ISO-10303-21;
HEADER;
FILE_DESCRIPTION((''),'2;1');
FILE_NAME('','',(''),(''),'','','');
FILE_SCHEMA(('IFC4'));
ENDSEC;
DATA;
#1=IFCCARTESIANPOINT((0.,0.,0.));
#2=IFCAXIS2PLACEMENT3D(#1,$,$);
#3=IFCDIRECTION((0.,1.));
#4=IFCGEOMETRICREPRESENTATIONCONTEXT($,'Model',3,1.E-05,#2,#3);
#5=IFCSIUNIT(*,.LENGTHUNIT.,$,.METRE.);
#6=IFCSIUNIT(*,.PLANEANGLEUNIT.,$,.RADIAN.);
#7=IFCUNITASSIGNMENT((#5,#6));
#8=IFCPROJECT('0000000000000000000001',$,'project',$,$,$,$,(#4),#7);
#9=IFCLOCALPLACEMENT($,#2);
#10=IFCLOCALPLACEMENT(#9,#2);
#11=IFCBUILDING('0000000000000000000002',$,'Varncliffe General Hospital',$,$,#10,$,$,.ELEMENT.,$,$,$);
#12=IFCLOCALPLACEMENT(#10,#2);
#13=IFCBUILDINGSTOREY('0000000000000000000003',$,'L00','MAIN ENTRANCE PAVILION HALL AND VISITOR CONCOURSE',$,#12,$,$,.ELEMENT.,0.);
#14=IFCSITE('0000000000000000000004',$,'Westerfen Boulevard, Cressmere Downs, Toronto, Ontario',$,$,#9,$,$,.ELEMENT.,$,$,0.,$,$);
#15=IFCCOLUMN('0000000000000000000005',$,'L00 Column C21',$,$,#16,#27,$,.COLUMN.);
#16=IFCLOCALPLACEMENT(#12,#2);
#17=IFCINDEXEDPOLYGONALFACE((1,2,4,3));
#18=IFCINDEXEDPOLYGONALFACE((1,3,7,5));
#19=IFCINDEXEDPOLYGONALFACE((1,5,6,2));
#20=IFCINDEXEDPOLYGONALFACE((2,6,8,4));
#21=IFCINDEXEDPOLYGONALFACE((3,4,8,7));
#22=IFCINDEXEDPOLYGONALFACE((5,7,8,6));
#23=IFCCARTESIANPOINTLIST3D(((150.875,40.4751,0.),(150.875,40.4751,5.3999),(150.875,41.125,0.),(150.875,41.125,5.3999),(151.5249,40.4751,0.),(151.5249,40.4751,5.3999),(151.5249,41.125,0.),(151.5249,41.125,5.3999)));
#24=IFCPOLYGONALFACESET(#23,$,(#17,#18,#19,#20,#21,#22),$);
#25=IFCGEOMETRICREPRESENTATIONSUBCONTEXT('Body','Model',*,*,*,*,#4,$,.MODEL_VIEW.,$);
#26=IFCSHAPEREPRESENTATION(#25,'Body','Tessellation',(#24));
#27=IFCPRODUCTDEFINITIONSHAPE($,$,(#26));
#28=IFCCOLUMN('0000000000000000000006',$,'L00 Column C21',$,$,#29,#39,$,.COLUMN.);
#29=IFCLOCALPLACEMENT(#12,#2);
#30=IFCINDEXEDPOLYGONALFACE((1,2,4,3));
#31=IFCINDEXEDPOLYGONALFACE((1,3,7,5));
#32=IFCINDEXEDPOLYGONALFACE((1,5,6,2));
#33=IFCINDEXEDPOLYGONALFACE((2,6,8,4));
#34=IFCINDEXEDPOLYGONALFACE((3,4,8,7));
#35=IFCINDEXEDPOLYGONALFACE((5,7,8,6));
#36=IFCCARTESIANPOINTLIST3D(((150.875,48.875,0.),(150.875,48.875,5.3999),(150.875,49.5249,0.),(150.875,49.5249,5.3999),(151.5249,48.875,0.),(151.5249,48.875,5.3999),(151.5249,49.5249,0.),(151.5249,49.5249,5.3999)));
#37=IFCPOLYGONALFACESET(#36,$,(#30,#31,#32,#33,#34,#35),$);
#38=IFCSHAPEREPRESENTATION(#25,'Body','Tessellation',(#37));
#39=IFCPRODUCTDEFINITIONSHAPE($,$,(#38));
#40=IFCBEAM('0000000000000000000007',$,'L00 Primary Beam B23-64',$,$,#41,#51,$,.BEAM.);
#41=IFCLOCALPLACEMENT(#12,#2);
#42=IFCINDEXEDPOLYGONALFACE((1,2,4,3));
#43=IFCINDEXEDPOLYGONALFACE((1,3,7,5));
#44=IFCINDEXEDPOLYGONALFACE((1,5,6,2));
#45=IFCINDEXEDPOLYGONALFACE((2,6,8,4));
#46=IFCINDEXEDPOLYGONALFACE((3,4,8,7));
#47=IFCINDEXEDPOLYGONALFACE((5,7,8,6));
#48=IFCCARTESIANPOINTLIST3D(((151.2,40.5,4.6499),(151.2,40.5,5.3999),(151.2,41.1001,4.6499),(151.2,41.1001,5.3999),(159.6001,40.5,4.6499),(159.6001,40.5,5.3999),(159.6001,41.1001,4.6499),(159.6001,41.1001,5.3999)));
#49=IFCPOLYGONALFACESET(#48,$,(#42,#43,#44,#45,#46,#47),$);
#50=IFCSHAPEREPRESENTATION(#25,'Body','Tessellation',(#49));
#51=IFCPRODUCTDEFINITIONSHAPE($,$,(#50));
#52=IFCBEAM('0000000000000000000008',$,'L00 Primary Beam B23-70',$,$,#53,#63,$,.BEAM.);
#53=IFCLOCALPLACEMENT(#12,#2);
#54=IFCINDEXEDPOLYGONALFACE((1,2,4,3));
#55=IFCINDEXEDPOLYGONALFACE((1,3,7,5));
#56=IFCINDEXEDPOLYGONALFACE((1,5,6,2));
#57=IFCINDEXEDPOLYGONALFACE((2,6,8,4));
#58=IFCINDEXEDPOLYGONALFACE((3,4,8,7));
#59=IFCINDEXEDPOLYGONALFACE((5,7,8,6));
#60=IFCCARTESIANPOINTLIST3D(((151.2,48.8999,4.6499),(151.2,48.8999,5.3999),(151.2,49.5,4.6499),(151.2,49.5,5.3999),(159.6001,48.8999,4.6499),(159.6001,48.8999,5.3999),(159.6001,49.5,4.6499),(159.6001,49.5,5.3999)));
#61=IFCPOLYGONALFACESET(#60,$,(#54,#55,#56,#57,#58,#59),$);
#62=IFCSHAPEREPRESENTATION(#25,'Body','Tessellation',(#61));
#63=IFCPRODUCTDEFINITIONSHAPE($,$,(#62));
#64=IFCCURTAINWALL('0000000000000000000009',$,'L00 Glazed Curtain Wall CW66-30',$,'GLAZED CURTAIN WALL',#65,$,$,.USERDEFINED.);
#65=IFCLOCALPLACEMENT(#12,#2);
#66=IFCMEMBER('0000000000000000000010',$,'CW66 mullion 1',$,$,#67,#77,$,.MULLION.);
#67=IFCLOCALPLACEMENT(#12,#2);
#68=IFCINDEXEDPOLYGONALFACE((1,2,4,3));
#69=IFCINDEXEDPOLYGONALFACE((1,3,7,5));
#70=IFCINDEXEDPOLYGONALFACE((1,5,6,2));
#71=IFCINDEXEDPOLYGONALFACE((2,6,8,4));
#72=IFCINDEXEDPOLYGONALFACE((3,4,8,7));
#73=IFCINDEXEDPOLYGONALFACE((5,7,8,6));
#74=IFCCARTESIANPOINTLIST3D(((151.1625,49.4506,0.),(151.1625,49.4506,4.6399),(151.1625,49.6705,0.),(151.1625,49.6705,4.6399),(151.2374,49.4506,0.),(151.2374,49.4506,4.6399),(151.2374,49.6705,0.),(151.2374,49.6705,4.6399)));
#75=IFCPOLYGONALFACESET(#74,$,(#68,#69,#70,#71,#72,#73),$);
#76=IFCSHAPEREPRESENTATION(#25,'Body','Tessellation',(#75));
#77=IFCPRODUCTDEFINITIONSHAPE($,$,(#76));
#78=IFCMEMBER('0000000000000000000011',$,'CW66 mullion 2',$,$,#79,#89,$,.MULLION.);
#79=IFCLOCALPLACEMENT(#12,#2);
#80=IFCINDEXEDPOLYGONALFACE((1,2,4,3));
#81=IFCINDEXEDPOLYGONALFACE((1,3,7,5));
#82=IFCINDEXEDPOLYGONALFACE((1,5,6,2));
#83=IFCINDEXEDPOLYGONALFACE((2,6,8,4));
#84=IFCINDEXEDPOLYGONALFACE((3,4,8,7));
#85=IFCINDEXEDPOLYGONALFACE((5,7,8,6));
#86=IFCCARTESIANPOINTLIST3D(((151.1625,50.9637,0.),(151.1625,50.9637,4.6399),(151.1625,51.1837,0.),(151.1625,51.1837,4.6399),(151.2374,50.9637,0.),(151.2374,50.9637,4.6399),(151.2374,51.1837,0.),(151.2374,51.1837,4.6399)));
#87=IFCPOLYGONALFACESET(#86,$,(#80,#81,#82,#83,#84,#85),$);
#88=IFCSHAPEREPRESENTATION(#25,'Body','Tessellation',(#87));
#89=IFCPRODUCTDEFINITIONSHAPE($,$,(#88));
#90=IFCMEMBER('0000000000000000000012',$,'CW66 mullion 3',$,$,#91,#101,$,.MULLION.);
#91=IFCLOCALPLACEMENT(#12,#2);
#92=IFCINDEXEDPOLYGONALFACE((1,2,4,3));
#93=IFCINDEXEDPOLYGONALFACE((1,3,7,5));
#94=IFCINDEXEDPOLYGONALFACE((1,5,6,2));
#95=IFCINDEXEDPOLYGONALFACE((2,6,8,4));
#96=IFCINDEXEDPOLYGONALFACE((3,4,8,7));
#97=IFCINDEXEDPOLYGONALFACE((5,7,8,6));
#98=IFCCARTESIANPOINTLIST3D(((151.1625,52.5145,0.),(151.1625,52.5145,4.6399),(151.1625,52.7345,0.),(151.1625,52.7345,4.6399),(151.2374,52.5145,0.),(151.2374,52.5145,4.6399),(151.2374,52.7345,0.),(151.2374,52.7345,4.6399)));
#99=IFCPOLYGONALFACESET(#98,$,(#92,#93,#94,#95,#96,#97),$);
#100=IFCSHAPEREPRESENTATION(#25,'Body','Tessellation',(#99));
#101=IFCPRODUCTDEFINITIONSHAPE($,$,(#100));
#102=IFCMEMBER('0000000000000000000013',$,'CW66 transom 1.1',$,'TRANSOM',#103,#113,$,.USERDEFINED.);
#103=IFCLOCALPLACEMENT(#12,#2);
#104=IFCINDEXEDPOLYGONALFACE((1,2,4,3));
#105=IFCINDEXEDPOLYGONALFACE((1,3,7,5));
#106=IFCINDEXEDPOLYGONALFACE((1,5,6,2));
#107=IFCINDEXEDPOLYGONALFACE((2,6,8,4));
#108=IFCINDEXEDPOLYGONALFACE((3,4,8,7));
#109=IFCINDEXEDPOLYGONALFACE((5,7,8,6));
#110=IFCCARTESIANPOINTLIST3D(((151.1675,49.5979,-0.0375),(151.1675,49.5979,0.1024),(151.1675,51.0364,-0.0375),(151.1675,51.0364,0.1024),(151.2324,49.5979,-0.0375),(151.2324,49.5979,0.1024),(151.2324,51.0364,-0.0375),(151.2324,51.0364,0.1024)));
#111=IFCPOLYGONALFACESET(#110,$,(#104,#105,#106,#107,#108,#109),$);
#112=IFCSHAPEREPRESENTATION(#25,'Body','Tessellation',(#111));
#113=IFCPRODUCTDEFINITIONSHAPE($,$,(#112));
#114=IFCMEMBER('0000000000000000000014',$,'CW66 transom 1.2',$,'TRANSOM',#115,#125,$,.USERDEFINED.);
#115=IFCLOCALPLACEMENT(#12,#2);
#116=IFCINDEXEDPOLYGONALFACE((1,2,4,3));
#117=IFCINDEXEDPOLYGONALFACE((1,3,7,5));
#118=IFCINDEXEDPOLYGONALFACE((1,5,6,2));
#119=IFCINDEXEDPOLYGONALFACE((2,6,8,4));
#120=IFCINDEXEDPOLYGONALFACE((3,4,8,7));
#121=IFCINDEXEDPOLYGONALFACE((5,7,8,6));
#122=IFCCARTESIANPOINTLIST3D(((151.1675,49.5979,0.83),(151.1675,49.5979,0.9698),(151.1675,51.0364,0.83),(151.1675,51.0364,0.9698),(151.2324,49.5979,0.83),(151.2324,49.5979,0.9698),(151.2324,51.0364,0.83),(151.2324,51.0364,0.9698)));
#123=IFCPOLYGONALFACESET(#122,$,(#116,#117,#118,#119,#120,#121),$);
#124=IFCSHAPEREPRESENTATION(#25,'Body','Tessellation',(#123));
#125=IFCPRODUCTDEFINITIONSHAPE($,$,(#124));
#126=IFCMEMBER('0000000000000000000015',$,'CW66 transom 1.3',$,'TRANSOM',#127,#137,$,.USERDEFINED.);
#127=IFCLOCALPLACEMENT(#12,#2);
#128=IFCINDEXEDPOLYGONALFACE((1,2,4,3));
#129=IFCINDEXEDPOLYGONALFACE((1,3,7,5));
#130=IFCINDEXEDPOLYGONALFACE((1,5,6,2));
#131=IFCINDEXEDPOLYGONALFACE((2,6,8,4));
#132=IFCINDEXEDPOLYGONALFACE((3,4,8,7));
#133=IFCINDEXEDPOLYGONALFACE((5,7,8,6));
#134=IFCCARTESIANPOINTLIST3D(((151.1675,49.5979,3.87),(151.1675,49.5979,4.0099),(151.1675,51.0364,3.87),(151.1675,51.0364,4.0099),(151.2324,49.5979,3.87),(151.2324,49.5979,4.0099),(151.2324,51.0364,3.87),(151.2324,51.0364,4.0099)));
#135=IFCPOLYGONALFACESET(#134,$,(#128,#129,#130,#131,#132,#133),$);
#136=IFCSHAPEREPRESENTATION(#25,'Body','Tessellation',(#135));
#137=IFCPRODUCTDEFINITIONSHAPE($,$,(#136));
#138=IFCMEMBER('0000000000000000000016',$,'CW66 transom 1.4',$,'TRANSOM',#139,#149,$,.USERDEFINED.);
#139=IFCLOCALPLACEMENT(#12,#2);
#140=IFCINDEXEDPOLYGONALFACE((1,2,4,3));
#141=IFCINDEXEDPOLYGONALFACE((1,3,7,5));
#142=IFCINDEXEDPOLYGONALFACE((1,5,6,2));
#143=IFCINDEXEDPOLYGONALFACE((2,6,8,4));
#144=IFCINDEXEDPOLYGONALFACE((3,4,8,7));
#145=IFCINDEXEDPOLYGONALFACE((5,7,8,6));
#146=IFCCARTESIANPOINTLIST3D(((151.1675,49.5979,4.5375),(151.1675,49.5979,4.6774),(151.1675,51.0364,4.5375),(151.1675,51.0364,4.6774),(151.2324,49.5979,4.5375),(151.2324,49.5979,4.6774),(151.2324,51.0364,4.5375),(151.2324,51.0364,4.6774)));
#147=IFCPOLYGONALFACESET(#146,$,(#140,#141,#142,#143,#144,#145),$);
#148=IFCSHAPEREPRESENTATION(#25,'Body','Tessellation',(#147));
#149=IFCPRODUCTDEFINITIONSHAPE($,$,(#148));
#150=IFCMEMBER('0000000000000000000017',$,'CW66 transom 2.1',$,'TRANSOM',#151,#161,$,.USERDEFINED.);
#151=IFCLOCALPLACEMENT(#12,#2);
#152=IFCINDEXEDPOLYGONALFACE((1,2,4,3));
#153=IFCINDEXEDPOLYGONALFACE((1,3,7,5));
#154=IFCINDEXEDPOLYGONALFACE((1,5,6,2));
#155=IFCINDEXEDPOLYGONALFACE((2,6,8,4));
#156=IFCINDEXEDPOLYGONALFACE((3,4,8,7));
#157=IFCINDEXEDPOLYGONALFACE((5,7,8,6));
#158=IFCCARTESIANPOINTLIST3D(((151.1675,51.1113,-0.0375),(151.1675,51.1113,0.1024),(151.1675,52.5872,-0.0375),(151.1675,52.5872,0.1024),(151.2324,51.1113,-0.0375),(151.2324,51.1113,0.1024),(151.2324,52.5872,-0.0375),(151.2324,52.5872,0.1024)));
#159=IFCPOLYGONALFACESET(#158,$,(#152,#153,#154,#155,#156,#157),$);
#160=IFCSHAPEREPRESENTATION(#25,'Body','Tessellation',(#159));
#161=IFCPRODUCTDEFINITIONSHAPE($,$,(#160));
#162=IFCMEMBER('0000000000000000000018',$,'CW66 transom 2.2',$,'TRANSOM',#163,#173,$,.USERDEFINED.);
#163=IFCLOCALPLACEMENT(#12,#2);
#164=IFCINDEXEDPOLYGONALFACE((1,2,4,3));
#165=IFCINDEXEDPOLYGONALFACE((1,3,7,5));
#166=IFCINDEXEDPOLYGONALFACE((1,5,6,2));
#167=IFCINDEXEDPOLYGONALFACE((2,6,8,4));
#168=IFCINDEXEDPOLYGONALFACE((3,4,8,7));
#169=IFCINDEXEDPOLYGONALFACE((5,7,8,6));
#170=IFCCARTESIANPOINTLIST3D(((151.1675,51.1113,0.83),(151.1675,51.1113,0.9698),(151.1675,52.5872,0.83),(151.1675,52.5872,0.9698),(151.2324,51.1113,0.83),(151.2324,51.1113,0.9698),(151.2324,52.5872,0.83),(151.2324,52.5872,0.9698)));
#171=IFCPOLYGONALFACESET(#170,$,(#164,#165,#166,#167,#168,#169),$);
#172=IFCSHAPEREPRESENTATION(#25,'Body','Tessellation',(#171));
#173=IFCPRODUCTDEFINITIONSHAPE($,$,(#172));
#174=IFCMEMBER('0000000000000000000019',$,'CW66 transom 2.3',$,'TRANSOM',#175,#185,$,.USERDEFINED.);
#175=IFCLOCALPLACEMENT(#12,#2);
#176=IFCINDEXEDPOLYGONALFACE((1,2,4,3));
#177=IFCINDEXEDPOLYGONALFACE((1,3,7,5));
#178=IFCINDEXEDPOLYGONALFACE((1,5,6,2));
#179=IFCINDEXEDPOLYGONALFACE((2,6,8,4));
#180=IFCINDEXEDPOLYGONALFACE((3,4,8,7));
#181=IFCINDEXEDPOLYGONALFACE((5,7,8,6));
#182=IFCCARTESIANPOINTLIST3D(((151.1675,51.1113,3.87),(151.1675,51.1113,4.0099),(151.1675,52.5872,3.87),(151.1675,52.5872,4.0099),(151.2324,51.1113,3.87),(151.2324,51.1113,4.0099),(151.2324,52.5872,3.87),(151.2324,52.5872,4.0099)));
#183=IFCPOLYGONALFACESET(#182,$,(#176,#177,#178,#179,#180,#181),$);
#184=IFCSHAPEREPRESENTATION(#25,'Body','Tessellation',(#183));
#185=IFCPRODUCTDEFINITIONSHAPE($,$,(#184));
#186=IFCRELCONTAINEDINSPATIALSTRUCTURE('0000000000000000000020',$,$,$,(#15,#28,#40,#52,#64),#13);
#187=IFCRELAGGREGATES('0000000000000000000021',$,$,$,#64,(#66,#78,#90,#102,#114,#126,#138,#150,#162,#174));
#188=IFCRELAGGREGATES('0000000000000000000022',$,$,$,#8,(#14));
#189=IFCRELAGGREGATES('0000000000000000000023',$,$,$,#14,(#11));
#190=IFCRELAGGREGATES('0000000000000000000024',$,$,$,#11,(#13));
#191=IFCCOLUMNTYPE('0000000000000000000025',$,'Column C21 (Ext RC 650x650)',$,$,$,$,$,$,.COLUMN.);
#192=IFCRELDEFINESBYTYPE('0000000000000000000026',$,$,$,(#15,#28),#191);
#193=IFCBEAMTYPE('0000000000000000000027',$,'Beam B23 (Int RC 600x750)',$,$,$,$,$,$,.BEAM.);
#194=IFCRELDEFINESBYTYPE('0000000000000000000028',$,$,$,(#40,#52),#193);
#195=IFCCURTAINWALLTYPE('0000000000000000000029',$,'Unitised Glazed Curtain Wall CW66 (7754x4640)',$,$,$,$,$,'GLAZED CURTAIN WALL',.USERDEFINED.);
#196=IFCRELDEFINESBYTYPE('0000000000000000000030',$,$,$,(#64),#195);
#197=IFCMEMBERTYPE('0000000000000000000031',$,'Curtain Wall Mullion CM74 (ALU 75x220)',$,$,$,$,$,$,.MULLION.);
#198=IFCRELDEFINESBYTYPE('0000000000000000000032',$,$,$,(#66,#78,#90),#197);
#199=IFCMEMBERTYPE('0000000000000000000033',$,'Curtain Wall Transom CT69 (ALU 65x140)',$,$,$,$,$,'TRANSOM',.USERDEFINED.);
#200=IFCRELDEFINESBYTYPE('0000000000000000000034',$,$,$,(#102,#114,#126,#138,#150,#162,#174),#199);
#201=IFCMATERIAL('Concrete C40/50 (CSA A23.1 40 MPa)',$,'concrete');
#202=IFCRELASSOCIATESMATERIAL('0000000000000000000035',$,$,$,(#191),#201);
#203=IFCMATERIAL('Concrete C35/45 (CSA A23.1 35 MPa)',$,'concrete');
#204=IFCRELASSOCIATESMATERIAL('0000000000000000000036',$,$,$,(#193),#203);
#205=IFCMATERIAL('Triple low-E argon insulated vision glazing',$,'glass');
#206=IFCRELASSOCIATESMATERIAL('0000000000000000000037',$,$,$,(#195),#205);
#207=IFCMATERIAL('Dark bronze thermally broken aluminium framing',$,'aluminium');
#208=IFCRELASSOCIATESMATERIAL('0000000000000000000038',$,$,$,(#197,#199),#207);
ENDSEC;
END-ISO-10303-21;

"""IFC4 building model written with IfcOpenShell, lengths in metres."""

from ifc_helpers import new_model, si_unit, direction, frame, origin, origin_2d, place, context, subcontext, project, spatial, rectangle, extrude, material, material_profile, profile_set, type_object, element, aggregate, save


model = new_model("IFC4")

# Units and contexts
model_context = context("Model", 3, precision=1e-05, world=origin(), true_north=direction((0.0, 1.0)))
body_context = subcontext(model_context, "Body", "Model", "MODEL_VIEW")
ifc_project = project(units=[si_unit("LENGTHUNIT", "METRE"), si_unit("PLANEANGLEUNIT", "RADIAN")], contexts=[model_context])

# Site, building, storey
site_placement = place(None, origin())
site = spatial("IfcSite", under=ifc_project, at=site_placement, Name="Westerfen Boulevard, Cressmere Downs, Toronto, Ontario", CompositionType="ELEMENT", RefElevation=0.0)
building_placement = place(site_placement, origin())
building = spatial("IfcBuilding", under=site, at=building_placement, Name="Varncliffe General Hospital", CompositionType="ELEMENT")
storey_placement = place(building_placement, origin())
storey = spatial("IfcBuildingStorey", under=building, at=storey_placement, Name="L00", Description="MAIN ENTRANCE PAVILION HALL AND VISITOR CONCOURSE", CompositionType="ELEMENT", Elevation=0.0)

# Columns
ifc_material_1 = material(Name="Concrete C40/50 (CSA A23.1 40 MPa)", Category="concrete")
ifc_material_profile_1 = material_profile(ifc_material_1, rectangle(XDim=0.6499, YDim=0.6499, at=origin_2d()), Name="RC 650x650")
ifc_profile_set_1 = profile_set([ifc_material_profile_1], Name="Concrete C40/50 (CSA A23.1 40 MPa)")
column_type = type_object("IfcColumnType", Name="Column C21 (Ext RC 650x650)", PredefinedType="COLUMN", material=ifc_profile_set_1)
for number, where, z_axis, x_axis, name in (
    (1, (151.2, 40.8, 0.0), (0.0, 0.0, 1.0), (1.0, 0.0, 0.0), "L00 Column C21"),
    (2, (151.2, 49.2, 0.0), (0.0, 0.0, 1.0), (1.0, 0.0, 0.0), "L00 Column C21"),
):
    element("IfcColumn", number, at=place(storey_placement, frame(where, z_axis=z_axis, x_axis=x_axis)), inside=storey, type_object=column_type, Name=name, PredefinedType="COLUMN", context=body_context, shape_type="SweptSolid", body=[
        extrude(rectangle(XDim=0.6499, YDim=0.6499, at=origin_2d()), origin(), (0.0, 0.0, 1.0), 5.3999),
    ])

# Beams
ifc_material_2 = material(Name="Concrete C35/45 (CSA A23.1 35 MPa)", Category="concrete")
ifc_material_profile_2 = material_profile(ifc_material_2, rectangle(XDim=0.6001, YDim=0.75, at=origin_2d()), Name="RC 600x750")
ifc_profile_set_2 = profile_set([ifc_material_profile_2], Name="Concrete C35/45 (CSA A23.1 35 MPa)")
beam_type_1 = type_object("IfcBeamType", Name="Beam B23 (Int RC 600x750)", PredefinedType="BEAM", material=ifc_profile_set_2)
for number, where, z_axis, x_axis, name in (
    (3, (151.2, 40.8, 5.0249), (1.0, 0.0, 0.0), (0.0, 1.0, 0.0), "L00 Primary Beam B23-64"),
    (4, (151.2, 49.2, 5.0249), (1.0, 0.0, 0.0), (0.0, 1.0, 0.0), "L00 Primary Beam B23-70"),
):
    element("IfcBeam", number, at=place(storey_placement, frame(where, z_axis=z_axis, x_axis=x_axis)), inside=storey, type_object=beam_type_1, Name=name, PredefinedType="BEAM", context=body_context, shape_type="SweptSolid", body=[
        extrude(rectangle(XDim=0.6001, YDim=0.75, at=origin_2d()), origin(), (0.0, 0.0, 1.0), 8.4001),
    ])

# Curtain wall, members
ifc_material_3 = material(Name="Triple low-E argon insulated vision glazing", Category="glass")
curtain_wall_type = type_object("IfcCurtainWallType", Name="Unitised Glazed Curtain Wall CW66 (7754x4640)", ElementType="GLAZED CURTAIN WALL", PredefinedType="USERDEFINED", material=ifc_material_3)
curtain_wall_placement = place(storey_placement, origin())
curtain_wall = element("IfcCurtainWall", 5, at=curtain_wall_placement, inside=storey, type_object=curtain_wall_type, Name="L00 Glazed Curtain Wall CW66-30", ObjectType="GLAZED CURTAIN WALL", PredefinedType="USERDEFINED")
ifc_material_4 = material(Name="Dark bronze thermally broken aluminium framing", Category="aluminium")
ifc_material_profile_3 = material_profile(ifc_material_4, rectangle(XDim=0.075, YDim=0.22, at=origin_2d()), Name="ALU 75x220")
ifc_profile_set_3 = profile_set([ifc_material_profile_3], Name="Dark bronze thermally broken aluminium framing")
member_type_1 = type_object("IfcMemberType", Name="Curtain Wall Mullion CM74 (ALU 75x220)", PredefinedType="MULLION", material=ifc_profile_set_3)
member_1_placement = place(storey_placement, frame((151.2, 49.5605, 0.0), z_axis=(0.0, 0.0, 1.0), x_axis=(-1.0, 0.0, 0.0)))
member_1 = element("IfcMember", 6, at=member_1_placement, type_object=member_type_1, Name="CW66 mullion 1", PredefinedType="MULLION", context=body_context, shape_type="SweptSolid", body=[
    extrude(rectangle(XDim=0.075, YDim=0.22, at=origin_2d()), origin(), (0.0, 0.0, 1.0), 4.6399),
])
member_2_placement = place(storey_placement, frame((151.2, 51.0737, 0.0), z_axis=(0.0, 0.0, 1.0), x_axis=(-1.0, 0.0, 0.0)))
member_2 = element("IfcMember", 7, at=member_2_placement, type_object=member_type_1, Name="CW66 mullion 2", PredefinedType="MULLION", context=body_context, shape_type="SweptSolid", body=[
    extrude(rectangle(XDim=0.075, YDim=0.22, at=origin_2d()), origin(), (0.0, 0.0, 1.0), 4.6399),
])
member_3_placement = place(storey_placement, frame((151.2, 52.6245, 0.0), z_axis=(0.0, 0.0, 1.0), x_axis=(-1.0, 0.0, 0.0)))
member_3 = element("IfcMember", 8, at=member_3_placement, type_object=member_type_1, Name="CW66 mullion 3", PredefinedType="MULLION", context=body_context, shape_type="SweptSolid", body=[
    extrude(rectangle(XDim=0.075, YDim=0.22, at=origin_2d()), origin(), (0.0, 0.0, 1.0), 4.6399),
])
ifc_material_profile_4 = material_profile(ifc_material_4, rectangle(XDim=0.0649, YDim=0.1399, at=origin_2d()), Name="ALU 65x140")
ifc_profile_set_4 = profile_set([ifc_material_profile_4], Name="Dark bronze thermally broken aluminium framing")
member_type_2 = type_object("IfcMemberType", Name="Curtain Wall Transom CT69 (ALU 65x140)", ElementType="TRANSOM", PredefinedType="USERDEFINED", material=ifc_profile_set_4)
member_4_placement = place(storey_placement, frame((151.2, 49.5979, 0.0325), z_axis=(0.0, 1.0, 0.0), x_axis=(-1.0, 0.0, 0.0)))
member_4 = element("IfcMember", 9, at=member_4_placement, type_object=member_type_2, Name="CW66 transom 1.1", ObjectType="TRANSOM", PredefinedType="USERDEFINED", context=body_context, shape_type="SweptSolid", body=[
    extrude(rectangle(XDim=0.0649, YDim=0.1399, at=origin_2d()), origin(), (0.0, 0.0, 1.0), 1.4385),
])
member_5_placement = place(storey_placement, frame((151.2, 49.5979, 0.8999), z_axis=(0.0, 1.0, 0.0), x_axis=(-1.0, 0.0, 0.0)))
member_5 = element("IfcMember", 10, at=member_5_placement, type_object=member_type_2, Name="CW66 transom 1.2", ObjectType="TRANSOM", PredefinedType="USERDEFINED", context=body_context, shape_type="SweptSolid", body=[
    extrude(rectangle(XDim=0.0649, YDim=0.1399, at=origin_2d()), origin(), (0.0, 0.0, 1.0), 1.4385),
])
member_6_placement = place(storey_placement, frame((151.2, 49.5979, 3.9399), z_axis=(0.0, 1.0, 0.0), x_axis=(-1.0, 0.0, 0.0)))
member_6 = element("IfcMember", 11, at=member_6_placement, type_object=member_type_2, Name="CW66 transom 1.3", ObjectType="TRANSOM", PredefinedType="USERDEFINED", context=body_context, shape_type="SweptSolid", body=[
    extrude(rectangle(XDim=0.0649, YDim=0.1399, at=origin_2d()), origin(), (0.0, 0.0, 1.0), 1.4385),
])
member_7_placement = place(storey_placement, frame((151.2, 49.5979, 4.6074), z_axis=(0.0, 1.0, 0.0), x_axis=(-1.0, 0.0, 0.0)))
member_7 = element("IfcMember", 12, at=member_7_placement, type_object=member_type_2, Name="CW66 transom 1.4", ObjectType="TRANSOM", PredefinedType="USERDEFINED", context=body_context, shape_type="SweptSolid", body=[
    extrude(rectangle(XDim=0.0649, YDim=0.1399, at=origin_2d()), origin(), (0.0, 0.0, 1.0), 1.4385),
])
member_8_placement = place(storey_placement, frame((151.2, 51.1113, 0.0325), z_axis=(0.0, 1.0, 0.0), x_axis=(-1.0, 0.0, 0.0)))
member_8 = element("IfcMember", 13, at=member_8_placement, type_object=member_type_2, Name="CW66 transom 2.1", ObjectType="TRANSOM", PredefinedType="USERDEFINED", context=body_context, shape_type="SweptSolid", body=[
    extrude(rectangle(XDim=0.0649, YDim=0.1399, at=origin_2d()), origin(), (0.0, 0.0, 1.0), 1.4758),
])
member_9_placement = place(storey_placement, frame((151.2, 51.1113, 0.8999), z_axis=(0.0, 1.0, 0.0), x_axis=(-1.0, 0.0, 0.0)))
member_9 = element("IfcMember", 14, at=member_9_placement, type_object=member_type_2, Name="CW66 transom 2.2", ObjectType="TRANSOM", PredefinedType="USERDEFINED", context=body_context, shape_type="SweptSolid", body=[
    extrude(rectangle(XDim=0.0649, YDim=0.1399, at=origin_2d()), origin(), (0.0, 0.0, 1.0), 1.4758),
])
member_10_placement = place(storey_placement, frame((151.2, 51.1113, 3.9399), z_axis=(0.0, 1.0, 0.0), x_axis=(-1.0, 0.0, 0.0)))
member_10 = element("IfcMember", 15, at=member_10_placement, type_object=member_type_2, Name="CW66 transom 2.3", ObjectType="TRANSOM", PredefinedType="USERDEFINED", context=body_context, shape_type="SweptSolid", body=[
    extrude(rectangle(XDim=0.0649, YDim=0.1399, at=origin_2d()), origin(), (0.0, 0.0, 1.0), 1.4758),
])

aggregate(curtain_wall, [member_1, member_2, member_3, member_4, member_5, member_6, member_7, member_8, member_9, member_10])

save(model, "model.ifc")
